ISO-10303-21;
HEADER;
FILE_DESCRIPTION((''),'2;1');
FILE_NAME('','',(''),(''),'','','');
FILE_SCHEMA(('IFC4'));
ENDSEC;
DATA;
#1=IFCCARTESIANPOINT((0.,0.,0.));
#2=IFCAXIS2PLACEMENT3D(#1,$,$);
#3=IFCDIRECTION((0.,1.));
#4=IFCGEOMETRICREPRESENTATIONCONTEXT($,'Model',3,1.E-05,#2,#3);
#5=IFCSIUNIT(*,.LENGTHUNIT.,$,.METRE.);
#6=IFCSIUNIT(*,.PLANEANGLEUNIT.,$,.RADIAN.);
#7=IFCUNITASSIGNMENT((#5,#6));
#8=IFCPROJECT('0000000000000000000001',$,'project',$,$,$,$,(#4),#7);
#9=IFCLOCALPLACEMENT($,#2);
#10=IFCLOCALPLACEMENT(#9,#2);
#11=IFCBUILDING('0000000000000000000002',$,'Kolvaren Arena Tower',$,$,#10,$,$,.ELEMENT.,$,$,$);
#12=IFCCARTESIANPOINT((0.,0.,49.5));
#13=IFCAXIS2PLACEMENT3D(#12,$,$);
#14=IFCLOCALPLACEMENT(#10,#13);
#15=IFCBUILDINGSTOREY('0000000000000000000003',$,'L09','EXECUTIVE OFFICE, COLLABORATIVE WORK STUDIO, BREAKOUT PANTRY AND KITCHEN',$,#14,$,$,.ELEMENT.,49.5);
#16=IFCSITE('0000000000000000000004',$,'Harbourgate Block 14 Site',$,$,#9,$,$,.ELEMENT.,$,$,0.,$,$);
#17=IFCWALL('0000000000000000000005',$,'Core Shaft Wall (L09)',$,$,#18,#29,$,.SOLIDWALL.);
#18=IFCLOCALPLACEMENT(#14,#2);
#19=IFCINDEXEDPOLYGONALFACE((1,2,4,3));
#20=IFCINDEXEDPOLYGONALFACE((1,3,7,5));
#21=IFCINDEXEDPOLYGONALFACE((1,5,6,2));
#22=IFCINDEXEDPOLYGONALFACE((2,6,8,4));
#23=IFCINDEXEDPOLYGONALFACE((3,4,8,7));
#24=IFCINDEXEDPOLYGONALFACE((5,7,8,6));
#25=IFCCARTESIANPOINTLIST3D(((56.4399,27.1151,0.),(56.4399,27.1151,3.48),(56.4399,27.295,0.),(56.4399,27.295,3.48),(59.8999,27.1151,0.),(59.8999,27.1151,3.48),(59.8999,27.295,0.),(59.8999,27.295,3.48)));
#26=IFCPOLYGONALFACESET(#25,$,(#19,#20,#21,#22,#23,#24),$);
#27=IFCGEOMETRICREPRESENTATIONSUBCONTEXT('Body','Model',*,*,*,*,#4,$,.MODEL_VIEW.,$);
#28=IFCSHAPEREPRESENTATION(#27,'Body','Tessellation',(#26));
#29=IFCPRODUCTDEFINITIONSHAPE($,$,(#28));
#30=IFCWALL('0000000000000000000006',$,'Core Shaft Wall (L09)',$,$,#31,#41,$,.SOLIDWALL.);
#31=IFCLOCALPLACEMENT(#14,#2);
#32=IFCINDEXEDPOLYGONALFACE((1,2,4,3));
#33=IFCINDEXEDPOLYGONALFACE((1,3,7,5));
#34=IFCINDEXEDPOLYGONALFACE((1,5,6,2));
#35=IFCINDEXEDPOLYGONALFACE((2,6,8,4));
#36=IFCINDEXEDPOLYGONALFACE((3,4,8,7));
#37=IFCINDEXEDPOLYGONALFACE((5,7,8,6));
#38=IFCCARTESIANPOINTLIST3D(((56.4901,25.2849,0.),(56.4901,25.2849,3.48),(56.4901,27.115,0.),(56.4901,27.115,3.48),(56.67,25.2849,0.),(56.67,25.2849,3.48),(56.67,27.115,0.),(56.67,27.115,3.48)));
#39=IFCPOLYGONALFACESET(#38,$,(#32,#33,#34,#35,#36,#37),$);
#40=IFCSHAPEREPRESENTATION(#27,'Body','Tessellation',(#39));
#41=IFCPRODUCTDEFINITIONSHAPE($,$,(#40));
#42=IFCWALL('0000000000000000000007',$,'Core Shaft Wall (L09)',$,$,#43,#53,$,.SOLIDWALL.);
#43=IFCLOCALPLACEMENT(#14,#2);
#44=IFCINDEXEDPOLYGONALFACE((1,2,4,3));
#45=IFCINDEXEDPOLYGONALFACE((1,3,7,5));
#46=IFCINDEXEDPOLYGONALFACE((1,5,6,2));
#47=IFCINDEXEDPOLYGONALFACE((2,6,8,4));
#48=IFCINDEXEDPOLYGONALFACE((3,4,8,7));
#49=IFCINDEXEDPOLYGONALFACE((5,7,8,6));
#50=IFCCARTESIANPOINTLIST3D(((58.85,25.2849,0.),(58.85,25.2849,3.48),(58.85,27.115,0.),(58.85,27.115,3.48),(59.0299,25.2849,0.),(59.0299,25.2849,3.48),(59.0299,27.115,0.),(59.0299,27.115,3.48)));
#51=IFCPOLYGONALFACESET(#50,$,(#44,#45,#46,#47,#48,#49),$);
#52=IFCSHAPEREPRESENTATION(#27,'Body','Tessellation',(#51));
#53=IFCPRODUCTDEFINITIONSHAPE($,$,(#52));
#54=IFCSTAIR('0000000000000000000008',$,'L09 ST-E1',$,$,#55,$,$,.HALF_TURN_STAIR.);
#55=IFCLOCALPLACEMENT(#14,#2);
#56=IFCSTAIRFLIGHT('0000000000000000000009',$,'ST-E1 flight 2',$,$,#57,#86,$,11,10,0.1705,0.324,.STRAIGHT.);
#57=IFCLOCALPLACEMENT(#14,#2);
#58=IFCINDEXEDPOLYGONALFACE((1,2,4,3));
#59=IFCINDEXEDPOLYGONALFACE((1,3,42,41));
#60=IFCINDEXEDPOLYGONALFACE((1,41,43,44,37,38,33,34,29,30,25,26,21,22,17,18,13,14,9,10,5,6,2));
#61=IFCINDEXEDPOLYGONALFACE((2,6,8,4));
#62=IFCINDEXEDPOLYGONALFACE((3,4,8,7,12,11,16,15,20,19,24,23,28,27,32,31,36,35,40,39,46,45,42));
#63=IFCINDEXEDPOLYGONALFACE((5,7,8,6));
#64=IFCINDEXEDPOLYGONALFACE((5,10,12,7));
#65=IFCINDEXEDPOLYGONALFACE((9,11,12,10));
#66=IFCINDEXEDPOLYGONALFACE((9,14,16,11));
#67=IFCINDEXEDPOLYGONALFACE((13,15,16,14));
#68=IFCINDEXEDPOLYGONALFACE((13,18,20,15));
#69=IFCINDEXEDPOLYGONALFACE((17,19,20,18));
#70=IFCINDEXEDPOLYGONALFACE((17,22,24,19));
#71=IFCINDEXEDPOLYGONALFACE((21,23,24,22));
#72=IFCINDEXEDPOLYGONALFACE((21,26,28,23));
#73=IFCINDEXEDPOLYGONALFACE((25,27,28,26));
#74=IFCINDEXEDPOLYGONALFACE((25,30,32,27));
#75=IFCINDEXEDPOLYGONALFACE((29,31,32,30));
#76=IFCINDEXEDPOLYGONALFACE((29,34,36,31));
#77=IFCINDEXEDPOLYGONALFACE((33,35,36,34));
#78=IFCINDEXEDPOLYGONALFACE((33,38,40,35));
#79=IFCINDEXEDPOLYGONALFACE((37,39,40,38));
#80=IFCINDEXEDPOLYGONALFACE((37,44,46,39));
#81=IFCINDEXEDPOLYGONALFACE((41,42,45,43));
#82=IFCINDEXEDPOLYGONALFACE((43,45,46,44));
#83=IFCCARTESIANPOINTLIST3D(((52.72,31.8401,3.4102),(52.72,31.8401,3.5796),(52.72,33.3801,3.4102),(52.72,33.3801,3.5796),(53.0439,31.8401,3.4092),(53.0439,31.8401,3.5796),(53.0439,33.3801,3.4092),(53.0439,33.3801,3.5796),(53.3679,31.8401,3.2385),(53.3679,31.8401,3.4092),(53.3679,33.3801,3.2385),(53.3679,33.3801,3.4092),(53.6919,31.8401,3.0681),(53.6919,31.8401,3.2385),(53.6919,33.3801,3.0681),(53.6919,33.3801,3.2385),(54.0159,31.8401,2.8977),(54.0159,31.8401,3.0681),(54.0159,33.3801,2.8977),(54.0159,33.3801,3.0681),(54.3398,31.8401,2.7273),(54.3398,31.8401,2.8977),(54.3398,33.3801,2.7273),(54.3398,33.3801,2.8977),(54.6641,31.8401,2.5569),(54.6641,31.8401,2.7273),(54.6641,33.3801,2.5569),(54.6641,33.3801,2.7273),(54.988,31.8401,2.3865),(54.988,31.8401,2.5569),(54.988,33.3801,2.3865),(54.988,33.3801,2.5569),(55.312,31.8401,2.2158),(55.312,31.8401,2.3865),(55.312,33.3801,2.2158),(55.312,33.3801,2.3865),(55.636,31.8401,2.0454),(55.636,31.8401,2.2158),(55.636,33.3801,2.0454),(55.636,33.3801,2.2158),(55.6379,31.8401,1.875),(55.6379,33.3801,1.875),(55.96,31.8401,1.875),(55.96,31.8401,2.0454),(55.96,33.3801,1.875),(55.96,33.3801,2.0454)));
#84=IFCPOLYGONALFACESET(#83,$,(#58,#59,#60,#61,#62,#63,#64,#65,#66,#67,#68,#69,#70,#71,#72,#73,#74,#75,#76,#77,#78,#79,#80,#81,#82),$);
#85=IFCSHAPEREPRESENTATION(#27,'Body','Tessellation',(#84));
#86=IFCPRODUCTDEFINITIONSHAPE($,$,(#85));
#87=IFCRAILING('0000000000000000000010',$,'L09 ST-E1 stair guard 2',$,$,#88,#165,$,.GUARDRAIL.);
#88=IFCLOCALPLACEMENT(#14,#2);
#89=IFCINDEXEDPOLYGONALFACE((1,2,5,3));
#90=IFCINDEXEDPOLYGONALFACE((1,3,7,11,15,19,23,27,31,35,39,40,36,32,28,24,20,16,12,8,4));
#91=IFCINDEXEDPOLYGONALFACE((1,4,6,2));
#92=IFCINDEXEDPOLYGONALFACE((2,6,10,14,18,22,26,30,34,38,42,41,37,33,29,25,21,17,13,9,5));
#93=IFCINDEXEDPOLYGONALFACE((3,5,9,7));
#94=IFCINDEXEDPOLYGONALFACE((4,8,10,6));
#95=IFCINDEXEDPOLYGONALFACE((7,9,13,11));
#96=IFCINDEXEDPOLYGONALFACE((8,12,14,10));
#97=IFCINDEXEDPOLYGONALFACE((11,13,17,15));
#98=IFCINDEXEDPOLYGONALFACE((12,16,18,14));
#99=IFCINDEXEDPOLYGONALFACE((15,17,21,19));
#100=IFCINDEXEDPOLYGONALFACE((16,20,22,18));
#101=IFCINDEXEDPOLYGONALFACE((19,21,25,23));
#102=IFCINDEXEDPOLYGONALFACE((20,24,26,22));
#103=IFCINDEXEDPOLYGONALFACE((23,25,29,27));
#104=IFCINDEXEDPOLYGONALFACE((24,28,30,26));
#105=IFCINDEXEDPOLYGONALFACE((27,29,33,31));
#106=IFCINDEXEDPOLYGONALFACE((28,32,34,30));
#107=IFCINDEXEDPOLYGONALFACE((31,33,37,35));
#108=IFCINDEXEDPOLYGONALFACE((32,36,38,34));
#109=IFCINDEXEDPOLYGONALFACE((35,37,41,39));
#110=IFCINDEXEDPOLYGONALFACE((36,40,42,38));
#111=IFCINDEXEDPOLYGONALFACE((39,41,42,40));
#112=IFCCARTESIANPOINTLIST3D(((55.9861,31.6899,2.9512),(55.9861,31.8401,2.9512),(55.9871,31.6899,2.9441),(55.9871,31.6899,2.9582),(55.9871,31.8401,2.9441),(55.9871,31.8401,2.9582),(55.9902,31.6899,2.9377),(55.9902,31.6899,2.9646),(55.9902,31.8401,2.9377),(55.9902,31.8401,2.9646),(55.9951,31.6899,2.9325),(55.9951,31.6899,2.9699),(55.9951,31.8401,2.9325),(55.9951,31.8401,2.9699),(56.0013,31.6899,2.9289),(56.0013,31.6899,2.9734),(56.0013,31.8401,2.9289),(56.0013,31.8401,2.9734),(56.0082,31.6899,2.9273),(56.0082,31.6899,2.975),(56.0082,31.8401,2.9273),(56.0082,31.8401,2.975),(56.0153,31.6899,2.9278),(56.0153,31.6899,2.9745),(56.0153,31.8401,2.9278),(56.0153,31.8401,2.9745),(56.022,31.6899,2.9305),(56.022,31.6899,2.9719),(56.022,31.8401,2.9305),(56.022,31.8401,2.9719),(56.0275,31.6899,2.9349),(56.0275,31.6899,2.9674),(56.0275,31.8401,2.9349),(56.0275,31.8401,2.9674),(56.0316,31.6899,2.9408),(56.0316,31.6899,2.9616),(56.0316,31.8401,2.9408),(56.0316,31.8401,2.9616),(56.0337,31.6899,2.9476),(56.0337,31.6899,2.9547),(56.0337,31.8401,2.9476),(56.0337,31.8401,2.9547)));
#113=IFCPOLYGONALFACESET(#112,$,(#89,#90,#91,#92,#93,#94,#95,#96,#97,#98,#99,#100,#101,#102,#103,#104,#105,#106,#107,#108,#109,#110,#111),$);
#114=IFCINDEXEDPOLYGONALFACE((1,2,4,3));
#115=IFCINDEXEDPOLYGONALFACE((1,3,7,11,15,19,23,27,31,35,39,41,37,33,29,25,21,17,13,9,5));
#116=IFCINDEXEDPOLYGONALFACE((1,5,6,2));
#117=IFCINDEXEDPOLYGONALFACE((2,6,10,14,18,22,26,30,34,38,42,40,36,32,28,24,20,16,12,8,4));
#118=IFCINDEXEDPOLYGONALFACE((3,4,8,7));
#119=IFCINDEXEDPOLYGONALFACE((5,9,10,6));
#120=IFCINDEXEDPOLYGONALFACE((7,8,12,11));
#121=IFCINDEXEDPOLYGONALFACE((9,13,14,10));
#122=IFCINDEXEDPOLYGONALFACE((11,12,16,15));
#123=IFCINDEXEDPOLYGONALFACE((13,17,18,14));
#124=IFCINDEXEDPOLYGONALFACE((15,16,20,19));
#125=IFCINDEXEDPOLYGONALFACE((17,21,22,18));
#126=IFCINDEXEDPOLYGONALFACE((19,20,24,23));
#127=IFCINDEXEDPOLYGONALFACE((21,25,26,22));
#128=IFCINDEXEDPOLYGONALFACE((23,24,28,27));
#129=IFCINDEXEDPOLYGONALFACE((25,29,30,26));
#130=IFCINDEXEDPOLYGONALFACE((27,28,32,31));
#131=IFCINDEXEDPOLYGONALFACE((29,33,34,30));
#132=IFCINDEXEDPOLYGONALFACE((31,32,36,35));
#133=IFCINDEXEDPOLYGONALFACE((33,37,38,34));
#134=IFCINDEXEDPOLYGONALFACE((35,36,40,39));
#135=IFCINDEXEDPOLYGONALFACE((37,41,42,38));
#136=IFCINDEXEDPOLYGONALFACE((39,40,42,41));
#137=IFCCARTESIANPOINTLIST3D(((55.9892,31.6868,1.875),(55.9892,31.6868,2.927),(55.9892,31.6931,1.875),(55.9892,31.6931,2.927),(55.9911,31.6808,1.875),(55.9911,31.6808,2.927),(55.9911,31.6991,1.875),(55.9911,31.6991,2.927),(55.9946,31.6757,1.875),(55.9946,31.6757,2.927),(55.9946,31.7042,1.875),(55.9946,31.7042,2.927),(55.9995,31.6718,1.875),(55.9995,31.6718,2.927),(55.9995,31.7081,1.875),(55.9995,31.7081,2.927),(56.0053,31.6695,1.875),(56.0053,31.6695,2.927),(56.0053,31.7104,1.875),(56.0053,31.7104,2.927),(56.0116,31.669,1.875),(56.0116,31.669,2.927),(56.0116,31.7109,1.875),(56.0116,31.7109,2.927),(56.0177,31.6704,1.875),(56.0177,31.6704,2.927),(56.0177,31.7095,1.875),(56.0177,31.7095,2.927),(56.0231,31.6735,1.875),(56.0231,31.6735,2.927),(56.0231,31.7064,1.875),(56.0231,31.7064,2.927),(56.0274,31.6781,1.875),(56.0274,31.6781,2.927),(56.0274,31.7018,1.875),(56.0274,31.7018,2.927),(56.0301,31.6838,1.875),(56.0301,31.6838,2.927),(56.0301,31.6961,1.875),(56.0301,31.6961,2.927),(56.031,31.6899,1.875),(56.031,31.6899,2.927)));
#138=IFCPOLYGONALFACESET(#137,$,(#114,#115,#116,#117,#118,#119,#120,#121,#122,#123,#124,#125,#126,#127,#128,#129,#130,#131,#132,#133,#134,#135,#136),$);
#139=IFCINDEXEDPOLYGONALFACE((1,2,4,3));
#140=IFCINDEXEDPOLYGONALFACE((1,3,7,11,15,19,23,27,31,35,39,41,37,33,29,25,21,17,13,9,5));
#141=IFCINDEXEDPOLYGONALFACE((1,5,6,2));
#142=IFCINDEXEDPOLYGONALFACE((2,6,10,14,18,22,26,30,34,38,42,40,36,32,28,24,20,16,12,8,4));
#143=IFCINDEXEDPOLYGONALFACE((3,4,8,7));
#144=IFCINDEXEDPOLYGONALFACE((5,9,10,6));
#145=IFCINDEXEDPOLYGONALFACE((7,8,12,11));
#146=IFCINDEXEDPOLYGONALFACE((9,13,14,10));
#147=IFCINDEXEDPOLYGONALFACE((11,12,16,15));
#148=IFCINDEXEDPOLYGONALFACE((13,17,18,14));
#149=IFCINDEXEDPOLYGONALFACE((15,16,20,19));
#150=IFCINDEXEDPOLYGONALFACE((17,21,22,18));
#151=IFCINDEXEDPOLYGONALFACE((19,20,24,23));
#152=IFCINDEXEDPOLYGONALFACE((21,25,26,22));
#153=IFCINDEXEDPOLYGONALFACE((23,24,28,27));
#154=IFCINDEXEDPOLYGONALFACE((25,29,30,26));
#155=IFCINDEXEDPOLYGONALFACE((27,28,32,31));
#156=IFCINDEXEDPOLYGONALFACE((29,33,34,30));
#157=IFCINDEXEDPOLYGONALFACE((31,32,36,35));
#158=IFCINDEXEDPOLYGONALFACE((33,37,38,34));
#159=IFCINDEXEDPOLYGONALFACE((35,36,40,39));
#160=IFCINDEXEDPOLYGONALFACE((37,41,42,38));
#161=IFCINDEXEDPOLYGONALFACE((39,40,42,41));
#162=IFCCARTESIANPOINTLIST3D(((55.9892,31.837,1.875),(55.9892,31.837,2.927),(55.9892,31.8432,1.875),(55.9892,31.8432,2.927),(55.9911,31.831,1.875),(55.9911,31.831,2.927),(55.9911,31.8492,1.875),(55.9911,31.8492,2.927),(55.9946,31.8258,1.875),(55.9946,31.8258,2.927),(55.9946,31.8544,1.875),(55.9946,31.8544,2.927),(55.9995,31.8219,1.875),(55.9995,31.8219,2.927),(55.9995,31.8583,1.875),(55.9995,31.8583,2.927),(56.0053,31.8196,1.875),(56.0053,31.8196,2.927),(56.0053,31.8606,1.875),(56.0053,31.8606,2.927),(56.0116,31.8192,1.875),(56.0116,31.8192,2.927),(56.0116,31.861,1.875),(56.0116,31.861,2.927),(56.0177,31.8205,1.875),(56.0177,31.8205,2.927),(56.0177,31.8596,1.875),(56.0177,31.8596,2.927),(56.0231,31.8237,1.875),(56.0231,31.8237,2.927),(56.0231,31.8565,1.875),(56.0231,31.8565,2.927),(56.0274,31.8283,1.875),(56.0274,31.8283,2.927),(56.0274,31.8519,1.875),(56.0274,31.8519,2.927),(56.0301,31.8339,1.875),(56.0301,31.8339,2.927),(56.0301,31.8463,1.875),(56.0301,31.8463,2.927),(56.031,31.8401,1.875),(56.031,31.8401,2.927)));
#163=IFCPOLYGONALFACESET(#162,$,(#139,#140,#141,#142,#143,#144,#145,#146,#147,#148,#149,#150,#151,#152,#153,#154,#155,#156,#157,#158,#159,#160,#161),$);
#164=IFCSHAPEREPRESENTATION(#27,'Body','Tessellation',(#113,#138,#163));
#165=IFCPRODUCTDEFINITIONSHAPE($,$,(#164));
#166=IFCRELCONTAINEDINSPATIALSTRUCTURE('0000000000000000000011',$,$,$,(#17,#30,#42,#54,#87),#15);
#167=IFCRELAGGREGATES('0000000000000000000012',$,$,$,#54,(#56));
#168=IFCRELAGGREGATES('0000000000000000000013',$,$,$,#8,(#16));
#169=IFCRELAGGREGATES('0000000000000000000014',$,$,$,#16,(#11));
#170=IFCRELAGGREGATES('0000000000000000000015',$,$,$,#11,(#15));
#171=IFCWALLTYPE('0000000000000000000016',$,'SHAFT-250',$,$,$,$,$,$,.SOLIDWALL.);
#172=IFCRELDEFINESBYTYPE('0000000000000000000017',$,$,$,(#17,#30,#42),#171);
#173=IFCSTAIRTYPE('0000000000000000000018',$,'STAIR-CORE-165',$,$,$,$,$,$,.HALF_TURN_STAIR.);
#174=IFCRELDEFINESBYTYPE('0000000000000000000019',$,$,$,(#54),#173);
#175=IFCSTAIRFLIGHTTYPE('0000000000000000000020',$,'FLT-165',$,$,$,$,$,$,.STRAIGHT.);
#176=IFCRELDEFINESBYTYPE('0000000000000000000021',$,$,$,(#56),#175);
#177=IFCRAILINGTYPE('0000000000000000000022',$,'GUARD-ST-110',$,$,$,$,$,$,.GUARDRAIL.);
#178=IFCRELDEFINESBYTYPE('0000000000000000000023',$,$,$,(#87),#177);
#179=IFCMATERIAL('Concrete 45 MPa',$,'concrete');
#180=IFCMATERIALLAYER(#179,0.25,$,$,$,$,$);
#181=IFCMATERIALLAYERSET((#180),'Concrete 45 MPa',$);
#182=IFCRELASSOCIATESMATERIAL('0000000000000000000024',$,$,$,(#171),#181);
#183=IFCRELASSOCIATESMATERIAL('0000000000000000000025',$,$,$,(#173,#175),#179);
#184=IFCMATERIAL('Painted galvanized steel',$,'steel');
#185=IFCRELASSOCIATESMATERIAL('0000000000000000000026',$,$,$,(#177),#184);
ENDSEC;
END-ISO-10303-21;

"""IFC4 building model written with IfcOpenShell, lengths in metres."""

from ifc_helpers import new_model, si_unit, direction, frame, frame_2d, origin, origin_2d, place, context, subcontext, project, spatial, polyline, rectangle, circle, outline, extrude, material, layer, layer_set, type_object, element, aggregate, save


model = new_model("IFC4")

# Units and contexts
model_context = context("Model", 3, precision=1e-05, world=origin(), true_north=direction((0.0, 1.0)))
body_context = subcontext(model_context, "Body", "Model", "MODEL_VIEW")
ifc_project = project(units=[si_unit("LENGTHUNIT", "METRE"), si_unit("PLANEANGLEUNIT", "RADIAN")], contexts=[model_context])

# Site, building, storey
site_placement = place(None, origin())
site = spatial("IfcSite", under=ifc_project, at=site_placement, Name="Harbourgate Block 14 Site", CompositionType="ELEMENT", RefElevation=0.0)
building_placement = place(site_placement, origin())
building = spatial("IfcBuilding", under=site, at=building_placement, Name="Kolvaren Arena Tower", CompositionType="ELEMENT")
storey_placement = place(building_placement, frame((0.0, 0.0, 49.5)))
storey = spatial("IfcBuildingStorey", under=building, at=storey_placement, Name="L09", Description="EXECUTIVE OFFICE, COLLABORATIVE WORK STUDIO, BREAKOUT PANTRY AND KITCHEN", CompositionType="ELEMENT", Elevation=49.5)

# Shared definitions
ifc_material_1 = material(Name="Concrete 45 MPa", Category="concrete")
ifc_layer = layer(ifc_material_1, 0.25)
ifc_layer_set = layer_set([ifc_layer], Name="Concrete 45 MPa")
wall_type = type_object("IfcWallType", Name="SHAFT-250", PredefinedType="SOLIDWALL", material=ifc_layer_set)

# Walls
wall_1_placement = place(storey_placement, frame((56.4399, 27.2051, 0.0), z_axis=(0.0, 0.0, 1.0), x_axis=(1.0, 0.0, 0.0)))
element("IfcWall", 1, at=wall_1_placement, inside=storey, type_object=wall_type, Name="Core Shaft Wall (L09)", PredefinedType="SOLIDWALL", context=body_context, shape_type="SweptSolid", body=[
    extrude(rectangle(XDim=3.46, YDim=0.1799, at=frame_2d((1.73, 0.0))), origin(), (0.0, 0.0, 1.0), 3.48),
])
for number, where, z_axis, x_axis, name in (
    (2, (56.5801, 25.2849, 0.0), (0.0, 0.0, 1.0), (0.0, 1.0, 0.0), "Core Shaft Wall (L09)"),
    (3, (58.9399, 25.2849, 0.0), (0.0, 0.0, 1.0), (0.0, 1.0, 0.0), "Core Shaft Wall (L09)"),
):
    element("IfcWall", number, at=place(storey_placement, frame(where, z_axis=z_axis, x_axis=x_axis)), inside=storey, type_object=wall_type, Name=name, PredefinedType="SOLIDWALL", context=body_context, shape_type="SweptSolid", body=[
        extrude(rectangle(XDim=1.8301, YDim=0.1799, at=frame_2d((0.915, 0.0))), origin(), (0.0, 0.0, 1.0), 3.48),
    ])

# Stair, stair flight
stair_type = type_object("IfcStairType", Name="STAIR-CORE-165", PredefinedType="HALF_TURN_STAIR", material=ifc_material_1)
stair_placement = place(storey_placement, origin())
stair = element("IfcStair", 4, at=stair_placement, inside=storey, type_object=stair_type, Name="L09 ST-E1", PredefinedType="HALF_TURN_STAIR")
stair_flight_type = type_object("IfcStairFlightType", Name="FLT-165", PredefinedType="STRAIGHT", material=ifc_material_1)
stair_flight_placement = place(storey_placement, frame((55.96, 32.6101, 1.875), z_axis=(0.0, 0.0, 1.0), x_axis=(-1.0, 0.0, 0.0)))
stair_flight = element("IfcStairFlight", 5, at=stair_flight_placement, type_object=stair_flight_type, Name="ST-E1 flight 2", NumberOfRisers=11, NumberOfTreads=10, PredefinedType="STRAIGHT", RiserHeight=0.1705, TreadLength=0.324, context=body_context, shape_type="SweptSolid", body=[
    extrude(outline(polyline([(0.0, 0.0), (0.0, 0.1704), (0.324, 0.1704), (0.324, 0.3408), (0.6479, 0.3408), (0.6479, 0.5115), (0.9719, 0.5115), (0.9719, 0.6819), (1.2959, 0.6819), (1.2959, 0.8523), (1.6201, 0.8523), (1.6201, 1.0227), (1.9441, 1.0227), (1.9441, 1.1931), (2.2681, 1.1931), (2.2681, 1.3635), (2.592, 1.3635), (2.592, 1.5342), (2.916, 1.5342), (2.916, 1.7046), (3.24, 1.7046), (3.24, 1.875), (3.24, 1.5352), (0.322, 0.0), (0.0, 0.0)])), frame((0.0, 0.77, 0.0), z_axis=(0.0, -1.0, 0.0), x_axis=(1.0, 0.0, 0.0)), (0.0, 0.0, 1.0), 1.54),
])
aggregate(stair, [stair_flight])

# Railing
ifc_material_2 = material(Name="Painted galvanized steel", Category="steel")
railing_type_1 = type_object("IfcRailingType", Name="GUARD-ST-110", PredefinedType="GUARDRAIL", material=ifc_material_2)
for number, where, name in (
    (6, (56.01, 31.6899, 1.875), "L09 ST-E1 stair guard 2"),
):
    element("IfcRailing", number, at=place(storey_placement, frame(where)), inside=storey, type_object=railing_type_1, Name=name, PredefinedType="GUARDRAIL", context=body_context, shape_type="SweptSolid", body=[
        extrude(circle(Radius=0.0239, at=origin_2d()), frame((0.0, 0.0, 1.0762), z_axis=(0.0, 1.0, 0.0), x_axis=(-1.0, 0.0, 0.0)), (0.0, 0.0, 1.0), 0.1501),
        extrude(circle(Radius=0.021, at=origin_2d()), origin(), (0.0, 0.0, 1.0), 1.052),
        extrude(circle(Radius=0.021, at=origin_2d()), frame((0.0, 0.1501, 0.0)), (0.0, 0.0, 1.0), 1.052),
    ])

save(model, "model.ifc")
